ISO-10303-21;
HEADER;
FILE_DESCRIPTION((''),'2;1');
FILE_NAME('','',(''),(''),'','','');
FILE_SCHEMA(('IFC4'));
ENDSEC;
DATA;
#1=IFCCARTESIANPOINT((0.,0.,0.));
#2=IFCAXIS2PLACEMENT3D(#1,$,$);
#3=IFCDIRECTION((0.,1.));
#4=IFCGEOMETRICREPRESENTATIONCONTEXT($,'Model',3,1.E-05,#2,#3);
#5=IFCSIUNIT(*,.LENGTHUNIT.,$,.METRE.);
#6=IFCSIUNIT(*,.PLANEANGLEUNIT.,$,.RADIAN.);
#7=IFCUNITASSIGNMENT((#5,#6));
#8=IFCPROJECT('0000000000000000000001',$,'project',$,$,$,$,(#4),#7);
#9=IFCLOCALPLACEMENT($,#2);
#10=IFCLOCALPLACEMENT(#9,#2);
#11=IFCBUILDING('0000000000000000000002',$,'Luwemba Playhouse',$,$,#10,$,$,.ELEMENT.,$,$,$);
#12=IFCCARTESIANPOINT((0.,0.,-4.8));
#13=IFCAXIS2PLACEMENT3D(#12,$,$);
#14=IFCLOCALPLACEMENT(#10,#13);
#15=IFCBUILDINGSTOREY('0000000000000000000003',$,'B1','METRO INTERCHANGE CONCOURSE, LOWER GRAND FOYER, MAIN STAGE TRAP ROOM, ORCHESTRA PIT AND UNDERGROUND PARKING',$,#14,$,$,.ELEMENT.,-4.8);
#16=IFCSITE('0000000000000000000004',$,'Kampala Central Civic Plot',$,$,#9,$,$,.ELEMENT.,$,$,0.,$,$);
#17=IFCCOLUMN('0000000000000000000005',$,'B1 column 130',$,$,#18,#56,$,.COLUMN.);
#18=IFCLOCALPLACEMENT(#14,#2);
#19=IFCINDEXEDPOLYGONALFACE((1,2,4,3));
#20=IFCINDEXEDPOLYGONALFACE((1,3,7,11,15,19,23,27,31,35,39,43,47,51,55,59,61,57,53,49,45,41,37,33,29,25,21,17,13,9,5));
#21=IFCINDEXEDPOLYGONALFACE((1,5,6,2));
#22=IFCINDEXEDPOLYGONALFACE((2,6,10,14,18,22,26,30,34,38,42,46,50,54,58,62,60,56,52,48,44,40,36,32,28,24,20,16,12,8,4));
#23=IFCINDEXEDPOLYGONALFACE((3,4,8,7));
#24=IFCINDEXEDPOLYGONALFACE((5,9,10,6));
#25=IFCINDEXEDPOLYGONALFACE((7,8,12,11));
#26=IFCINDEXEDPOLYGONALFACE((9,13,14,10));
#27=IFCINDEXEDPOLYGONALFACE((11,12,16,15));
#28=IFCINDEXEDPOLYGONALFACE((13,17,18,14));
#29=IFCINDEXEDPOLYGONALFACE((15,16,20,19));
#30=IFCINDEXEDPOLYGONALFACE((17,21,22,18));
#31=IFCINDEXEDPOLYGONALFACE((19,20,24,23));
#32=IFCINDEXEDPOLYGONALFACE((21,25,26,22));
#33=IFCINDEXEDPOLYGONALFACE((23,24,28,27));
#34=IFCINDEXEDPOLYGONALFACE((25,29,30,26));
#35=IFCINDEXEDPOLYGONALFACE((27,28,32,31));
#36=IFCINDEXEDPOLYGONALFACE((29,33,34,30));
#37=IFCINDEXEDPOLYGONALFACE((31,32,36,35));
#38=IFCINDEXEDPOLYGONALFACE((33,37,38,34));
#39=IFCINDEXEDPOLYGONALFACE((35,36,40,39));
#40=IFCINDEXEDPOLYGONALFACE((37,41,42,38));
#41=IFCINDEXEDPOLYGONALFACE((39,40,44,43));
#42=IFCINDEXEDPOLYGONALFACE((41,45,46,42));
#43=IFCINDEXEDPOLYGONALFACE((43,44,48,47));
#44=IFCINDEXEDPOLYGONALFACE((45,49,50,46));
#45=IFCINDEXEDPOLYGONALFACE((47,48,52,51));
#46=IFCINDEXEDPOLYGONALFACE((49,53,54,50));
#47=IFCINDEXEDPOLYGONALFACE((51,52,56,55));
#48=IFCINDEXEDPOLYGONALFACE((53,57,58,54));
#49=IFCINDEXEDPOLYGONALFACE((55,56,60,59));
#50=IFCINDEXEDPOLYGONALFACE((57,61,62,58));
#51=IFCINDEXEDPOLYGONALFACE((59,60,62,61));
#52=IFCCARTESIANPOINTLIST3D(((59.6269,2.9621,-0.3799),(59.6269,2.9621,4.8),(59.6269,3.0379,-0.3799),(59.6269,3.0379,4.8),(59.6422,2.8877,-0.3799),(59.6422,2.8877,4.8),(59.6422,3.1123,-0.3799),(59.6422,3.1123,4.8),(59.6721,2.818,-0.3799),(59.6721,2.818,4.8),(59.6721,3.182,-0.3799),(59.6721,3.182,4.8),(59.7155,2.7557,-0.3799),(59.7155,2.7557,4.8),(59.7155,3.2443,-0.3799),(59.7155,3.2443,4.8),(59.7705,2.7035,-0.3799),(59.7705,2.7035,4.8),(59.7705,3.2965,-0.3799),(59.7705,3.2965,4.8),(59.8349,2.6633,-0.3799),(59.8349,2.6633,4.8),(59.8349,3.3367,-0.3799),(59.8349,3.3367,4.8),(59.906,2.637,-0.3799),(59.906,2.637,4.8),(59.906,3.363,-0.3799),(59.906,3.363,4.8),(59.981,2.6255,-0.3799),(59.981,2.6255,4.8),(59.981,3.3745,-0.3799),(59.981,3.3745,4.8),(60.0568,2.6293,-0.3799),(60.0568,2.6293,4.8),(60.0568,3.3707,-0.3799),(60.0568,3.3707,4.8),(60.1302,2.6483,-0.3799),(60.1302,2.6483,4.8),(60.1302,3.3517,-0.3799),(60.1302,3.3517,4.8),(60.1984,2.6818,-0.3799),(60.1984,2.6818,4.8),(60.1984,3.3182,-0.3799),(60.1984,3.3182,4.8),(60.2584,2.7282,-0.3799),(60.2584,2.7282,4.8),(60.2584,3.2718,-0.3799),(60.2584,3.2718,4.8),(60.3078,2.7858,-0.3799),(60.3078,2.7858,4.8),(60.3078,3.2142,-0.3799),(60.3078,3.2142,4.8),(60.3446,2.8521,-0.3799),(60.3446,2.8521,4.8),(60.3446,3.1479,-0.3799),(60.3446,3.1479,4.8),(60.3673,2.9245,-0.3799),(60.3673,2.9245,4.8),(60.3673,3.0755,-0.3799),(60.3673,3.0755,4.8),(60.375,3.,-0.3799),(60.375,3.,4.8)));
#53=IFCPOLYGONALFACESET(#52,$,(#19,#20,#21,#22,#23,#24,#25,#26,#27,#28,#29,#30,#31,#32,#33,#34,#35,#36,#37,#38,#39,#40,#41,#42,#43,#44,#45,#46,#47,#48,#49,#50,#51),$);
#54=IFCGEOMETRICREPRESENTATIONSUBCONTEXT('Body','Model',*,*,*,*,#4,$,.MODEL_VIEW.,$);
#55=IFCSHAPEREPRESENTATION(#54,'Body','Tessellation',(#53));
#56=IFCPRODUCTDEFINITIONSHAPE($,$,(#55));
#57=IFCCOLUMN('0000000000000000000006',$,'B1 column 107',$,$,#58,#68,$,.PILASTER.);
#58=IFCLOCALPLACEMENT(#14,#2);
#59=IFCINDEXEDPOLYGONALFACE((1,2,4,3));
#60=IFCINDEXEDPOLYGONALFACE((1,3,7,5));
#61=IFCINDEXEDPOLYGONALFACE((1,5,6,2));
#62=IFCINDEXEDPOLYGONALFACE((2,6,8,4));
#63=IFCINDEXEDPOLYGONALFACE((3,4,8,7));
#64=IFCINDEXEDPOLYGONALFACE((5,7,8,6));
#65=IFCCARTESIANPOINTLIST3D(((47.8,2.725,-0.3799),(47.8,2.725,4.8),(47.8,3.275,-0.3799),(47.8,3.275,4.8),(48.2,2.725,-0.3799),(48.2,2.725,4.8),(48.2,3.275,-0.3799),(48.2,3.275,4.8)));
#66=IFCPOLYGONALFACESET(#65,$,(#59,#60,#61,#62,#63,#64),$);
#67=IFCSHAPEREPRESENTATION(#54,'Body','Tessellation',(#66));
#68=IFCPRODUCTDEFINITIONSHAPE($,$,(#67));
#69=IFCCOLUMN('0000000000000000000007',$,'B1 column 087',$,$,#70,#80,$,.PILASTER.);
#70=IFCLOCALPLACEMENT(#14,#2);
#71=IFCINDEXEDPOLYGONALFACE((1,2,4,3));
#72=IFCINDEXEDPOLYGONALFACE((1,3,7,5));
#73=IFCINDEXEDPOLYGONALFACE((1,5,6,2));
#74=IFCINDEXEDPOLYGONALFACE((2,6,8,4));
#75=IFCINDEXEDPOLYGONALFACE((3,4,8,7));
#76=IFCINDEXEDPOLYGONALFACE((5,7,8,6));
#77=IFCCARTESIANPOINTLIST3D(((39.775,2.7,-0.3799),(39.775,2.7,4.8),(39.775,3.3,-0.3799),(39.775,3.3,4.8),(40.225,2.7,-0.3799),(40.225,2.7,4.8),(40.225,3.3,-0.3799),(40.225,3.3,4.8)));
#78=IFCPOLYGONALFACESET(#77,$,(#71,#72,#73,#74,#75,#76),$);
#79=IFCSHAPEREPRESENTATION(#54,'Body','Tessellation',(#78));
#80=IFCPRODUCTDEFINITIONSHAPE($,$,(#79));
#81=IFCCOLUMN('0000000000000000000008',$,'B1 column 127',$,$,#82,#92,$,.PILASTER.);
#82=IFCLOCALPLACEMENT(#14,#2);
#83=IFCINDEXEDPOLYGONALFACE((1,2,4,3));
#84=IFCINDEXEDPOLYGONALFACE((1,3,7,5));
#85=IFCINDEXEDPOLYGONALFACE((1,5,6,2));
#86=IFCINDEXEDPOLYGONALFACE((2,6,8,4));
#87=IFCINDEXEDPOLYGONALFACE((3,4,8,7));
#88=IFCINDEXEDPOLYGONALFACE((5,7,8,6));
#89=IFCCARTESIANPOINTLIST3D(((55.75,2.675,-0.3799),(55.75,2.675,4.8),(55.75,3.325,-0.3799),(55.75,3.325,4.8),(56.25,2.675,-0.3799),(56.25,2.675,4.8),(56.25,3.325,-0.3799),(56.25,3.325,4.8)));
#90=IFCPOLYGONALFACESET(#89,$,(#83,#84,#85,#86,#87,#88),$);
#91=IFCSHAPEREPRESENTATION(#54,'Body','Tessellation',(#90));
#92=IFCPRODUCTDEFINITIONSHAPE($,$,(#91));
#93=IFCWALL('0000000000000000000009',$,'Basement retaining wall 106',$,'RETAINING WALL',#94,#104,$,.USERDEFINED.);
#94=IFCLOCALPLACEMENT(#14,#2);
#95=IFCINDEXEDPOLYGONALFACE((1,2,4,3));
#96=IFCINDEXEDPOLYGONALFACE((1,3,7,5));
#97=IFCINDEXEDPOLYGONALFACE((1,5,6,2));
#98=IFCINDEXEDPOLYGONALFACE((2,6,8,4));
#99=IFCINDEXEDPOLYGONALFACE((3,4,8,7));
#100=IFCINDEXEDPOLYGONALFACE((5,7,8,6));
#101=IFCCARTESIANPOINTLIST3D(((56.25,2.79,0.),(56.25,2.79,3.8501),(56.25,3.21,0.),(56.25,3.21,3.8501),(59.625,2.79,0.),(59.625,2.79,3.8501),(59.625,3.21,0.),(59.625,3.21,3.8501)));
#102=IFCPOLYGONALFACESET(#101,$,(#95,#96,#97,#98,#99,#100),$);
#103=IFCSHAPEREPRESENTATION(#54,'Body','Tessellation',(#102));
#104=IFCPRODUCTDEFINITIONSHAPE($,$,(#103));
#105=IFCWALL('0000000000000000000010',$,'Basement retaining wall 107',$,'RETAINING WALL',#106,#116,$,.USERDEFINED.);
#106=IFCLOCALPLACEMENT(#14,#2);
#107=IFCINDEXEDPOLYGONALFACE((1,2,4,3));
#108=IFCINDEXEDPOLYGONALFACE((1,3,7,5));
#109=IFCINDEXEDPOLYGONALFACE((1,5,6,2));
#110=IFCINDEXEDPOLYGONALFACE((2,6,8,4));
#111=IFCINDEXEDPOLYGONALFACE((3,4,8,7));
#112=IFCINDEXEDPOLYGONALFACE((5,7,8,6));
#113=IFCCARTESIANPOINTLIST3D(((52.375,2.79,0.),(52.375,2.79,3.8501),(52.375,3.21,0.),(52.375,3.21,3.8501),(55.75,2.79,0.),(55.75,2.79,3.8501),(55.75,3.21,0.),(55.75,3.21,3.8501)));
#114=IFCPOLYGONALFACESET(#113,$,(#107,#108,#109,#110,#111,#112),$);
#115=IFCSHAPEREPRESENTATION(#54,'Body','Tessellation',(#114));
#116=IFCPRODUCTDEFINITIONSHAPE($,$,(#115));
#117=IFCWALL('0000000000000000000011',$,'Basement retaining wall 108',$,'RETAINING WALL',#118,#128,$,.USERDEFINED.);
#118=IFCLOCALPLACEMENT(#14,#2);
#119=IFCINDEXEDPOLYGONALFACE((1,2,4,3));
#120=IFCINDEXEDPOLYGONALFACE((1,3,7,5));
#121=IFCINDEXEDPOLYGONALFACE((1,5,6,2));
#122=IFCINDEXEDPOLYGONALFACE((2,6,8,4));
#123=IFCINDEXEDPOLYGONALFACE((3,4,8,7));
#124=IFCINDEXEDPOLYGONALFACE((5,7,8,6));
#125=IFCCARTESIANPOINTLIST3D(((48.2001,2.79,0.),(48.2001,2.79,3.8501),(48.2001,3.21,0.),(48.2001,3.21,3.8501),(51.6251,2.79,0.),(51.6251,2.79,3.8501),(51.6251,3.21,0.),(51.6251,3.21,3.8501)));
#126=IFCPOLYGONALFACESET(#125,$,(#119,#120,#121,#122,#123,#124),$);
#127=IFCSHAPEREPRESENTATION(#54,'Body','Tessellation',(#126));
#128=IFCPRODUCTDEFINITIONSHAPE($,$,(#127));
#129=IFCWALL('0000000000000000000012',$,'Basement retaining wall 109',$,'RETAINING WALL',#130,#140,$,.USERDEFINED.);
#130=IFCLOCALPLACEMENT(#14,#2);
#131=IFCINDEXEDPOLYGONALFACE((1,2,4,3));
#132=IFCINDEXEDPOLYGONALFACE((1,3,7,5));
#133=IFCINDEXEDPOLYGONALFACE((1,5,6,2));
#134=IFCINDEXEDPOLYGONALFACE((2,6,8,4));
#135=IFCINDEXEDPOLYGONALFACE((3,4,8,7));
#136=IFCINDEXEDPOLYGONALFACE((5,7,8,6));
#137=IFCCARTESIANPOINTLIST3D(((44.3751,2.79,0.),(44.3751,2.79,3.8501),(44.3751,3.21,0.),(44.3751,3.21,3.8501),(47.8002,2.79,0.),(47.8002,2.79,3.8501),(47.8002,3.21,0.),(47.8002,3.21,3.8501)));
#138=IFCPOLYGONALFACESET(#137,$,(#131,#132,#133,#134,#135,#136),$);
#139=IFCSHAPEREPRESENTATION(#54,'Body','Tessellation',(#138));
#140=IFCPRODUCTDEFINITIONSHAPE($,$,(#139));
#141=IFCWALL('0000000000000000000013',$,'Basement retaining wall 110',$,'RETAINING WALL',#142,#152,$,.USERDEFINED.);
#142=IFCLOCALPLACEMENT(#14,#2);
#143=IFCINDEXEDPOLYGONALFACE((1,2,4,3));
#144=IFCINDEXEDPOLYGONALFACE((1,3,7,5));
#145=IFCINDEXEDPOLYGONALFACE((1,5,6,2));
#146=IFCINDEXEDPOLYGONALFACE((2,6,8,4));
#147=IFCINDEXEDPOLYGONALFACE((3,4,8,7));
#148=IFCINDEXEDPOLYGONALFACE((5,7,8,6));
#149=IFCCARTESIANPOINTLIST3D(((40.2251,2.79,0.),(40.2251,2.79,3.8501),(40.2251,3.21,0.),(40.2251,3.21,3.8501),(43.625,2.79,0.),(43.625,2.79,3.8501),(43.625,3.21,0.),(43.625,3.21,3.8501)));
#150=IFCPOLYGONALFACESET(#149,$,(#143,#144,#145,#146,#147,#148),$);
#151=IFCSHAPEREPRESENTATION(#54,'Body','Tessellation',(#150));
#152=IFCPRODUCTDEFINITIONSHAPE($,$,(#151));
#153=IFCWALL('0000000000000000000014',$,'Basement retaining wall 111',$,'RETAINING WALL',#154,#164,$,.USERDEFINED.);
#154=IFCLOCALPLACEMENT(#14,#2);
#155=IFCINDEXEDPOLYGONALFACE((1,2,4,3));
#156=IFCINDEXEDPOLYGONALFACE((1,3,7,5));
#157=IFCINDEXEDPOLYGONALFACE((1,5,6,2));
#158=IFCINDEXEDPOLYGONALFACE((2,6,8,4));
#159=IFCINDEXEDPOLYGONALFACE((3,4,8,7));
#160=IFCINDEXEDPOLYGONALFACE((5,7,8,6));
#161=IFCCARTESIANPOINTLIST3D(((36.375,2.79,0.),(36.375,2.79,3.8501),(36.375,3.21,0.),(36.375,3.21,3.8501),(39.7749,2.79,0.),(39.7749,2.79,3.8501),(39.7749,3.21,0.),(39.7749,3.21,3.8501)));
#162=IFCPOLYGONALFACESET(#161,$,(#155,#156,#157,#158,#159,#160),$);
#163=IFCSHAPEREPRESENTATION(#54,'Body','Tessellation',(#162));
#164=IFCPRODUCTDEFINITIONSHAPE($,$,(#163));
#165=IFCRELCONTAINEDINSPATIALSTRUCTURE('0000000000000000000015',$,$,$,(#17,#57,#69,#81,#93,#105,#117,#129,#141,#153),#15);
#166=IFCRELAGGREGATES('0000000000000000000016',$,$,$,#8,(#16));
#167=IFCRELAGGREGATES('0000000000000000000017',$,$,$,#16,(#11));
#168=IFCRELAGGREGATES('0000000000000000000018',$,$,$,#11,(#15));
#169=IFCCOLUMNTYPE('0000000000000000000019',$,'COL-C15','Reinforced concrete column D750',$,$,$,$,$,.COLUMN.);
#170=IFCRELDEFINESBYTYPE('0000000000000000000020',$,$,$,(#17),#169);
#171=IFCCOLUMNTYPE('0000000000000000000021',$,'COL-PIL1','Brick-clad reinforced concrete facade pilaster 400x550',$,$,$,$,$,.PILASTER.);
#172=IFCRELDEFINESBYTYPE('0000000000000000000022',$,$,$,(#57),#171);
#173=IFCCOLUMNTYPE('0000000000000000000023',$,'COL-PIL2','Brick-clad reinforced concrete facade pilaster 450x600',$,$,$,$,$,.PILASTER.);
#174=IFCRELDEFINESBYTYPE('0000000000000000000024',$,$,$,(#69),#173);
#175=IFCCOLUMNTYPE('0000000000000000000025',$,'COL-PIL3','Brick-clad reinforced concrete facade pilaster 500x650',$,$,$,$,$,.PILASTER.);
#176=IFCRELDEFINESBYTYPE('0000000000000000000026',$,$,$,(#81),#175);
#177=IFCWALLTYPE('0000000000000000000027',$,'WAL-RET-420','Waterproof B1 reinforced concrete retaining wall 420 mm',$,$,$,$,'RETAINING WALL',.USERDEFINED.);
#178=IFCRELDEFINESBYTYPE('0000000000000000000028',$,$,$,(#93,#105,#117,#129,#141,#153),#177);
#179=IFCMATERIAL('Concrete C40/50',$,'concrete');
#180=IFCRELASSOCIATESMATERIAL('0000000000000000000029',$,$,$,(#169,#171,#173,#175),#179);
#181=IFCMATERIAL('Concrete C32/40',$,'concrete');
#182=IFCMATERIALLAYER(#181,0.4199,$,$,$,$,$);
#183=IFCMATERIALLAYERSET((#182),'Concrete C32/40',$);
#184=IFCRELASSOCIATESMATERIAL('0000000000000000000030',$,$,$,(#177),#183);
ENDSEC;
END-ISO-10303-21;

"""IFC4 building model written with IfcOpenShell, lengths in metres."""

from ifc_helpers import new_model, si_unit, direction, frame, frame_2d, origin, origin_2d, place, context, subcontext, project, spatial, rectangle, circle, extrude, material, layer, layer_set, material_profile, profile_set, type_object, element, save


model = new_model("IFC4")

# Units and contexts
model_context = context("Model", 3, precision=1e-05, world=origin(), true_north=direction((0.0, 1.0)))
body_context = subcontext(model_context, "Body", "Model", "MODEL_VIEW")
ifc_project = project(units=[si_unit("LENGTHUNIT", "METRE"), si_unit("PLANEANGLEUNIT", "RADIAN")], contexts=[model_context])

# Site, building, storey
site_placement = place(None, origin())
site = spatial("IfcSite", under=ifc_project, at=site_placement, Name="Kampala Central Civic Plot", CompositionType="ELEMENT", RefElevation=0.0)
building_placement = place(site_placement, origin())
building = spatial("IfcBuilding", under=site, at=building_placement, Name="Luwemba Playhouse", CompositionType="ELEMENT")
storey_placement = place(building_placement, frame((0.0, 0.0, -4.8)))
storey = spatial("IfcBuildingStorey", under=building, at=storey_placement, Name="B1", Description="METRO INTERCHANGE CONCOURSE, LOWER GRAND FOYER, MAIN STAGE TRAP ROOM, ORCHESTRA PIT AND UNDERGROUND PARKING", CompositionType="ELEMENT", Elevation=-4.8)

# Shared definitions
ifc_material_1 = material(Name="Concrete C32/40", Category="concrete")

# Columns
ifc_material_2 = material(Name="Concrete C40/50", Category="concrete")
ifc_material_profile_1 = material_profile(ifc_material_2, circle(Radius=0.375, at=origin_2d()))
ifc_profile_set_1 = profile_set([ifc_material_profile_1], Name="Concrete C40/50")
column_type_1 = type_object("IfcColumnType", Name="COL-C15", Description="Reinforced concrete column D750", PredefinedType="COLUMN", material=ifc_profile_set_1)
for number, where, z_axis, x_axis, name in (
    (1, (60.0, 3.0, -0.3799), (0.0, 0.0, 1.0), (1.0, 0.0, 0.0), "B1 column 130"),
):
    element("IfcColumn", number, at=place(storey_placement, frame(where, z_axis=z_axis, x_axis=x_axis)), inside=storey, type_object=column_type_1, Name=name, PredefinedType="COLUMN", context=body_context, shape_type="SweptSolid", body=[
        extrude(circle(Radius=0.375, at=origin_2d()), origin(), (0.0, 0.0, 1.0), 5.1799),
    ])
ifc_material_profile_2 = material_profile(ifc_material_2, rectangle(XDim=0.3999, YDim=0.55, at=origin_2d()))
ifc_profile_set_2 = profile_set([ifc_material_profile_2], Name="Concrete C40/50")
column_type_2 = type_object("IfcColumnType", Name="COL-PIL1", Description="Brick-clad reinforced concrete facade pilaster 400x550", PredefinedType="PILASTER", material=ifc_profile_set_2)
column_1_placement = place(storey_placement, frame((48.0, 3.0, -0.3799), z_axis=(0.0, 0.0, 1.0), x_axis=(1.0, 0.0, 0.0)))
element("IfcColumn", 2, at=column_1_placement, inside=storey, type_object=column_type_2, Name="B1 column 107", PredefinedType="PILASTER", context=body_context, shape_type="SweptSolid", body=[
    extrude(rectangle(XDim=0.3999, YDim=0.55, at=origin_2d()), origin(), (0.0, 0.0, 1.0), 5.1799),
])
ifc_material_profile_3 = material_profile(ifc_material_2, rectangle(XDim=0.45, YDim=0.6001, at=origin_2d()))
ifc_profile_set_3 = profile_set([ifc_material_profile_3], Name="Concrete C40/50")
column_type_3 = type_object("IfcColumnType", Name="COL-PIL2", Description="Brick-clad reinforced concrete facade pilaster 450x600", PredefinedType="PILASTER", material=ifc_profile_set_3)
column_2_placement = place(storey_placement, frame((40.0, 3.0, -0.3799), z_axis=(0.0, 0.0, 1.0), x_axis=(1.0, 0.0, 0.0)))
element("IfcColumn", 3, at=column_2_placement, inside=storey, type_object=column_type_3, Name="B1 column 087", PredefinedType="PILASTER", context=body_context, shape_type="SweptSolid", body=[
    extrude(rectangle(XDim=0.45, YDim=0.6001, at=origin_2d()), origin(), (0.0, 0.0, 1.0), 5.1799),
])
ifc_material_profile_4 = material_profile(ifc_material_2, rectangle(XDim=0.5, YDim=0.6499, at=origin_2d()))
ifc_profile_set_4 = profile_set([ifc_material_profile_4], Name="Concrete C40/50")
column_type_4 = type_object("IfcColumnType", Name="COL-PIL3", Description="Brick-clad reinforced concrete facade pilaster 500x650", PredefinedType="PILASTER", material=ifc_profile_set_4)
column_3_placement = place(storey_placement, frame((56.0, 3.0, -0.3799), z_axis=(0.0, 0.0, 1.0), x_axis=(1.0, 0.0, 0.0)))
element("IfcColumn", 4, at=column_3_placement, inside=storey, type_object=column_type_4, Name="B1 column 127", PredefinedType="PILASTER", context=body_context, shape_type="SweptSolid", body=[
    extrude(rectangle(XDim=0.5, YDim=0.6499, at=origin_2d()), origin(), (0.0, 0.0, 1.0), 5.1799),
])

# Walls
ifc_layer = layer(ifc_material_1, 0.4199)
ifc_layer_set = layer_set([ifc_layer], Name="Concrete C32/40")
wall_type = type_object("IfcWallType", Name="WAL-RET-420", Description="Waterproof B1 reinforced concrete retaining wall 420 mm", ElementType="RETAINING WALL", PredefinedType="USERDEFINED", material=ifc_layer_set)
for number, where, z_axis, x_axis, name in (
    (5, (59.625, 3.0, 0.0), (0.0, 0.0, 1.0), (-1.0, 0.0, 0.0), "Basement retaining wall 106"),
    (6, (55.75, 3.0, 0.0), (0.0, 0.0, 1.0), (-1.0, 0.0, 0.0), "Basement retaining wall 107"),
):
    element("IfcWall", number, at=place(storey_placement, frame(where, z_axis=z_axis, x_axis=x_axis)), inside=storey, type_object=wall_type, Name=name, ObjectType="RETAINING WALL", PredefinedType="USERDEFINED", context=body_context, shape_type="SweptSolid", body=[
        extrude(rectangle(XDim=3.375, YDim=0.4199, at=frame_2d((1.6875, 0.0))), origin(), (0.0, 0.0, 1.0), 3.8501),
    ])
for number, where, z_axis, x_axis, name in (
    (7, (51.625, 3.0, 0.0), (0.0, 0.0, 1.0), (-1.0, 0.0, 0.0), "Basement retaining wall 108"),
    (8, (47.8, 3.0, 0.0), (0.0, 0.0, 1.0), (-1.0, 0.0, 0.0), "Basement retaining wall 109"),
):
    element("IfcWall", number, at=place(storey_placement, frame(where, z_axis=z_axis, x_axis=x_axis)), inside=storey, type_object=wall_type, Name=name, ObjectType="RETAINING WALL", PredefinedType="USERDEFINED", context=body_context, shape_type="SweptSolid", body=[
        extrude(rectangle(XDim=3.425, YDim=0.4199, at=frame_2d((1.7124, 0.0))), origin(), (0.0, 0.0, 1.0), 3.8501),
    ])
for number, where, z_axis, x_axis, name in (
    (9, (43.625, 3.0, 0.0), (0.0, 0.0, 1.0), (-1.0, 0.0, 0.0), "Basement retaining wall 110"),
    (10, (39.7749, 3.0, 0.0), (0.0, 0.0, 1.0), (-1.0, 0.0, 0.0), "Basement retaining wall 111"),
):
    element("IfcWall", number, at=place(storey_placement, frame(where, z_axis=z_axis, x_axis=x_axis)), inside=storey, type_object=wall_type, Name=name, ObjectType="RETAINING WALL", PredefinedType="USERDEFINED", context=body_context, shape_type="SweptSolid", body=[
        extrude(rectangle(XDim=3.3999, YDim=0.4199, at=frame_2d((1.7, 0.0))), origin(), (0.0, 0.0, 1.0), 3.8501),
    ])

save(model, "model.ifc")
